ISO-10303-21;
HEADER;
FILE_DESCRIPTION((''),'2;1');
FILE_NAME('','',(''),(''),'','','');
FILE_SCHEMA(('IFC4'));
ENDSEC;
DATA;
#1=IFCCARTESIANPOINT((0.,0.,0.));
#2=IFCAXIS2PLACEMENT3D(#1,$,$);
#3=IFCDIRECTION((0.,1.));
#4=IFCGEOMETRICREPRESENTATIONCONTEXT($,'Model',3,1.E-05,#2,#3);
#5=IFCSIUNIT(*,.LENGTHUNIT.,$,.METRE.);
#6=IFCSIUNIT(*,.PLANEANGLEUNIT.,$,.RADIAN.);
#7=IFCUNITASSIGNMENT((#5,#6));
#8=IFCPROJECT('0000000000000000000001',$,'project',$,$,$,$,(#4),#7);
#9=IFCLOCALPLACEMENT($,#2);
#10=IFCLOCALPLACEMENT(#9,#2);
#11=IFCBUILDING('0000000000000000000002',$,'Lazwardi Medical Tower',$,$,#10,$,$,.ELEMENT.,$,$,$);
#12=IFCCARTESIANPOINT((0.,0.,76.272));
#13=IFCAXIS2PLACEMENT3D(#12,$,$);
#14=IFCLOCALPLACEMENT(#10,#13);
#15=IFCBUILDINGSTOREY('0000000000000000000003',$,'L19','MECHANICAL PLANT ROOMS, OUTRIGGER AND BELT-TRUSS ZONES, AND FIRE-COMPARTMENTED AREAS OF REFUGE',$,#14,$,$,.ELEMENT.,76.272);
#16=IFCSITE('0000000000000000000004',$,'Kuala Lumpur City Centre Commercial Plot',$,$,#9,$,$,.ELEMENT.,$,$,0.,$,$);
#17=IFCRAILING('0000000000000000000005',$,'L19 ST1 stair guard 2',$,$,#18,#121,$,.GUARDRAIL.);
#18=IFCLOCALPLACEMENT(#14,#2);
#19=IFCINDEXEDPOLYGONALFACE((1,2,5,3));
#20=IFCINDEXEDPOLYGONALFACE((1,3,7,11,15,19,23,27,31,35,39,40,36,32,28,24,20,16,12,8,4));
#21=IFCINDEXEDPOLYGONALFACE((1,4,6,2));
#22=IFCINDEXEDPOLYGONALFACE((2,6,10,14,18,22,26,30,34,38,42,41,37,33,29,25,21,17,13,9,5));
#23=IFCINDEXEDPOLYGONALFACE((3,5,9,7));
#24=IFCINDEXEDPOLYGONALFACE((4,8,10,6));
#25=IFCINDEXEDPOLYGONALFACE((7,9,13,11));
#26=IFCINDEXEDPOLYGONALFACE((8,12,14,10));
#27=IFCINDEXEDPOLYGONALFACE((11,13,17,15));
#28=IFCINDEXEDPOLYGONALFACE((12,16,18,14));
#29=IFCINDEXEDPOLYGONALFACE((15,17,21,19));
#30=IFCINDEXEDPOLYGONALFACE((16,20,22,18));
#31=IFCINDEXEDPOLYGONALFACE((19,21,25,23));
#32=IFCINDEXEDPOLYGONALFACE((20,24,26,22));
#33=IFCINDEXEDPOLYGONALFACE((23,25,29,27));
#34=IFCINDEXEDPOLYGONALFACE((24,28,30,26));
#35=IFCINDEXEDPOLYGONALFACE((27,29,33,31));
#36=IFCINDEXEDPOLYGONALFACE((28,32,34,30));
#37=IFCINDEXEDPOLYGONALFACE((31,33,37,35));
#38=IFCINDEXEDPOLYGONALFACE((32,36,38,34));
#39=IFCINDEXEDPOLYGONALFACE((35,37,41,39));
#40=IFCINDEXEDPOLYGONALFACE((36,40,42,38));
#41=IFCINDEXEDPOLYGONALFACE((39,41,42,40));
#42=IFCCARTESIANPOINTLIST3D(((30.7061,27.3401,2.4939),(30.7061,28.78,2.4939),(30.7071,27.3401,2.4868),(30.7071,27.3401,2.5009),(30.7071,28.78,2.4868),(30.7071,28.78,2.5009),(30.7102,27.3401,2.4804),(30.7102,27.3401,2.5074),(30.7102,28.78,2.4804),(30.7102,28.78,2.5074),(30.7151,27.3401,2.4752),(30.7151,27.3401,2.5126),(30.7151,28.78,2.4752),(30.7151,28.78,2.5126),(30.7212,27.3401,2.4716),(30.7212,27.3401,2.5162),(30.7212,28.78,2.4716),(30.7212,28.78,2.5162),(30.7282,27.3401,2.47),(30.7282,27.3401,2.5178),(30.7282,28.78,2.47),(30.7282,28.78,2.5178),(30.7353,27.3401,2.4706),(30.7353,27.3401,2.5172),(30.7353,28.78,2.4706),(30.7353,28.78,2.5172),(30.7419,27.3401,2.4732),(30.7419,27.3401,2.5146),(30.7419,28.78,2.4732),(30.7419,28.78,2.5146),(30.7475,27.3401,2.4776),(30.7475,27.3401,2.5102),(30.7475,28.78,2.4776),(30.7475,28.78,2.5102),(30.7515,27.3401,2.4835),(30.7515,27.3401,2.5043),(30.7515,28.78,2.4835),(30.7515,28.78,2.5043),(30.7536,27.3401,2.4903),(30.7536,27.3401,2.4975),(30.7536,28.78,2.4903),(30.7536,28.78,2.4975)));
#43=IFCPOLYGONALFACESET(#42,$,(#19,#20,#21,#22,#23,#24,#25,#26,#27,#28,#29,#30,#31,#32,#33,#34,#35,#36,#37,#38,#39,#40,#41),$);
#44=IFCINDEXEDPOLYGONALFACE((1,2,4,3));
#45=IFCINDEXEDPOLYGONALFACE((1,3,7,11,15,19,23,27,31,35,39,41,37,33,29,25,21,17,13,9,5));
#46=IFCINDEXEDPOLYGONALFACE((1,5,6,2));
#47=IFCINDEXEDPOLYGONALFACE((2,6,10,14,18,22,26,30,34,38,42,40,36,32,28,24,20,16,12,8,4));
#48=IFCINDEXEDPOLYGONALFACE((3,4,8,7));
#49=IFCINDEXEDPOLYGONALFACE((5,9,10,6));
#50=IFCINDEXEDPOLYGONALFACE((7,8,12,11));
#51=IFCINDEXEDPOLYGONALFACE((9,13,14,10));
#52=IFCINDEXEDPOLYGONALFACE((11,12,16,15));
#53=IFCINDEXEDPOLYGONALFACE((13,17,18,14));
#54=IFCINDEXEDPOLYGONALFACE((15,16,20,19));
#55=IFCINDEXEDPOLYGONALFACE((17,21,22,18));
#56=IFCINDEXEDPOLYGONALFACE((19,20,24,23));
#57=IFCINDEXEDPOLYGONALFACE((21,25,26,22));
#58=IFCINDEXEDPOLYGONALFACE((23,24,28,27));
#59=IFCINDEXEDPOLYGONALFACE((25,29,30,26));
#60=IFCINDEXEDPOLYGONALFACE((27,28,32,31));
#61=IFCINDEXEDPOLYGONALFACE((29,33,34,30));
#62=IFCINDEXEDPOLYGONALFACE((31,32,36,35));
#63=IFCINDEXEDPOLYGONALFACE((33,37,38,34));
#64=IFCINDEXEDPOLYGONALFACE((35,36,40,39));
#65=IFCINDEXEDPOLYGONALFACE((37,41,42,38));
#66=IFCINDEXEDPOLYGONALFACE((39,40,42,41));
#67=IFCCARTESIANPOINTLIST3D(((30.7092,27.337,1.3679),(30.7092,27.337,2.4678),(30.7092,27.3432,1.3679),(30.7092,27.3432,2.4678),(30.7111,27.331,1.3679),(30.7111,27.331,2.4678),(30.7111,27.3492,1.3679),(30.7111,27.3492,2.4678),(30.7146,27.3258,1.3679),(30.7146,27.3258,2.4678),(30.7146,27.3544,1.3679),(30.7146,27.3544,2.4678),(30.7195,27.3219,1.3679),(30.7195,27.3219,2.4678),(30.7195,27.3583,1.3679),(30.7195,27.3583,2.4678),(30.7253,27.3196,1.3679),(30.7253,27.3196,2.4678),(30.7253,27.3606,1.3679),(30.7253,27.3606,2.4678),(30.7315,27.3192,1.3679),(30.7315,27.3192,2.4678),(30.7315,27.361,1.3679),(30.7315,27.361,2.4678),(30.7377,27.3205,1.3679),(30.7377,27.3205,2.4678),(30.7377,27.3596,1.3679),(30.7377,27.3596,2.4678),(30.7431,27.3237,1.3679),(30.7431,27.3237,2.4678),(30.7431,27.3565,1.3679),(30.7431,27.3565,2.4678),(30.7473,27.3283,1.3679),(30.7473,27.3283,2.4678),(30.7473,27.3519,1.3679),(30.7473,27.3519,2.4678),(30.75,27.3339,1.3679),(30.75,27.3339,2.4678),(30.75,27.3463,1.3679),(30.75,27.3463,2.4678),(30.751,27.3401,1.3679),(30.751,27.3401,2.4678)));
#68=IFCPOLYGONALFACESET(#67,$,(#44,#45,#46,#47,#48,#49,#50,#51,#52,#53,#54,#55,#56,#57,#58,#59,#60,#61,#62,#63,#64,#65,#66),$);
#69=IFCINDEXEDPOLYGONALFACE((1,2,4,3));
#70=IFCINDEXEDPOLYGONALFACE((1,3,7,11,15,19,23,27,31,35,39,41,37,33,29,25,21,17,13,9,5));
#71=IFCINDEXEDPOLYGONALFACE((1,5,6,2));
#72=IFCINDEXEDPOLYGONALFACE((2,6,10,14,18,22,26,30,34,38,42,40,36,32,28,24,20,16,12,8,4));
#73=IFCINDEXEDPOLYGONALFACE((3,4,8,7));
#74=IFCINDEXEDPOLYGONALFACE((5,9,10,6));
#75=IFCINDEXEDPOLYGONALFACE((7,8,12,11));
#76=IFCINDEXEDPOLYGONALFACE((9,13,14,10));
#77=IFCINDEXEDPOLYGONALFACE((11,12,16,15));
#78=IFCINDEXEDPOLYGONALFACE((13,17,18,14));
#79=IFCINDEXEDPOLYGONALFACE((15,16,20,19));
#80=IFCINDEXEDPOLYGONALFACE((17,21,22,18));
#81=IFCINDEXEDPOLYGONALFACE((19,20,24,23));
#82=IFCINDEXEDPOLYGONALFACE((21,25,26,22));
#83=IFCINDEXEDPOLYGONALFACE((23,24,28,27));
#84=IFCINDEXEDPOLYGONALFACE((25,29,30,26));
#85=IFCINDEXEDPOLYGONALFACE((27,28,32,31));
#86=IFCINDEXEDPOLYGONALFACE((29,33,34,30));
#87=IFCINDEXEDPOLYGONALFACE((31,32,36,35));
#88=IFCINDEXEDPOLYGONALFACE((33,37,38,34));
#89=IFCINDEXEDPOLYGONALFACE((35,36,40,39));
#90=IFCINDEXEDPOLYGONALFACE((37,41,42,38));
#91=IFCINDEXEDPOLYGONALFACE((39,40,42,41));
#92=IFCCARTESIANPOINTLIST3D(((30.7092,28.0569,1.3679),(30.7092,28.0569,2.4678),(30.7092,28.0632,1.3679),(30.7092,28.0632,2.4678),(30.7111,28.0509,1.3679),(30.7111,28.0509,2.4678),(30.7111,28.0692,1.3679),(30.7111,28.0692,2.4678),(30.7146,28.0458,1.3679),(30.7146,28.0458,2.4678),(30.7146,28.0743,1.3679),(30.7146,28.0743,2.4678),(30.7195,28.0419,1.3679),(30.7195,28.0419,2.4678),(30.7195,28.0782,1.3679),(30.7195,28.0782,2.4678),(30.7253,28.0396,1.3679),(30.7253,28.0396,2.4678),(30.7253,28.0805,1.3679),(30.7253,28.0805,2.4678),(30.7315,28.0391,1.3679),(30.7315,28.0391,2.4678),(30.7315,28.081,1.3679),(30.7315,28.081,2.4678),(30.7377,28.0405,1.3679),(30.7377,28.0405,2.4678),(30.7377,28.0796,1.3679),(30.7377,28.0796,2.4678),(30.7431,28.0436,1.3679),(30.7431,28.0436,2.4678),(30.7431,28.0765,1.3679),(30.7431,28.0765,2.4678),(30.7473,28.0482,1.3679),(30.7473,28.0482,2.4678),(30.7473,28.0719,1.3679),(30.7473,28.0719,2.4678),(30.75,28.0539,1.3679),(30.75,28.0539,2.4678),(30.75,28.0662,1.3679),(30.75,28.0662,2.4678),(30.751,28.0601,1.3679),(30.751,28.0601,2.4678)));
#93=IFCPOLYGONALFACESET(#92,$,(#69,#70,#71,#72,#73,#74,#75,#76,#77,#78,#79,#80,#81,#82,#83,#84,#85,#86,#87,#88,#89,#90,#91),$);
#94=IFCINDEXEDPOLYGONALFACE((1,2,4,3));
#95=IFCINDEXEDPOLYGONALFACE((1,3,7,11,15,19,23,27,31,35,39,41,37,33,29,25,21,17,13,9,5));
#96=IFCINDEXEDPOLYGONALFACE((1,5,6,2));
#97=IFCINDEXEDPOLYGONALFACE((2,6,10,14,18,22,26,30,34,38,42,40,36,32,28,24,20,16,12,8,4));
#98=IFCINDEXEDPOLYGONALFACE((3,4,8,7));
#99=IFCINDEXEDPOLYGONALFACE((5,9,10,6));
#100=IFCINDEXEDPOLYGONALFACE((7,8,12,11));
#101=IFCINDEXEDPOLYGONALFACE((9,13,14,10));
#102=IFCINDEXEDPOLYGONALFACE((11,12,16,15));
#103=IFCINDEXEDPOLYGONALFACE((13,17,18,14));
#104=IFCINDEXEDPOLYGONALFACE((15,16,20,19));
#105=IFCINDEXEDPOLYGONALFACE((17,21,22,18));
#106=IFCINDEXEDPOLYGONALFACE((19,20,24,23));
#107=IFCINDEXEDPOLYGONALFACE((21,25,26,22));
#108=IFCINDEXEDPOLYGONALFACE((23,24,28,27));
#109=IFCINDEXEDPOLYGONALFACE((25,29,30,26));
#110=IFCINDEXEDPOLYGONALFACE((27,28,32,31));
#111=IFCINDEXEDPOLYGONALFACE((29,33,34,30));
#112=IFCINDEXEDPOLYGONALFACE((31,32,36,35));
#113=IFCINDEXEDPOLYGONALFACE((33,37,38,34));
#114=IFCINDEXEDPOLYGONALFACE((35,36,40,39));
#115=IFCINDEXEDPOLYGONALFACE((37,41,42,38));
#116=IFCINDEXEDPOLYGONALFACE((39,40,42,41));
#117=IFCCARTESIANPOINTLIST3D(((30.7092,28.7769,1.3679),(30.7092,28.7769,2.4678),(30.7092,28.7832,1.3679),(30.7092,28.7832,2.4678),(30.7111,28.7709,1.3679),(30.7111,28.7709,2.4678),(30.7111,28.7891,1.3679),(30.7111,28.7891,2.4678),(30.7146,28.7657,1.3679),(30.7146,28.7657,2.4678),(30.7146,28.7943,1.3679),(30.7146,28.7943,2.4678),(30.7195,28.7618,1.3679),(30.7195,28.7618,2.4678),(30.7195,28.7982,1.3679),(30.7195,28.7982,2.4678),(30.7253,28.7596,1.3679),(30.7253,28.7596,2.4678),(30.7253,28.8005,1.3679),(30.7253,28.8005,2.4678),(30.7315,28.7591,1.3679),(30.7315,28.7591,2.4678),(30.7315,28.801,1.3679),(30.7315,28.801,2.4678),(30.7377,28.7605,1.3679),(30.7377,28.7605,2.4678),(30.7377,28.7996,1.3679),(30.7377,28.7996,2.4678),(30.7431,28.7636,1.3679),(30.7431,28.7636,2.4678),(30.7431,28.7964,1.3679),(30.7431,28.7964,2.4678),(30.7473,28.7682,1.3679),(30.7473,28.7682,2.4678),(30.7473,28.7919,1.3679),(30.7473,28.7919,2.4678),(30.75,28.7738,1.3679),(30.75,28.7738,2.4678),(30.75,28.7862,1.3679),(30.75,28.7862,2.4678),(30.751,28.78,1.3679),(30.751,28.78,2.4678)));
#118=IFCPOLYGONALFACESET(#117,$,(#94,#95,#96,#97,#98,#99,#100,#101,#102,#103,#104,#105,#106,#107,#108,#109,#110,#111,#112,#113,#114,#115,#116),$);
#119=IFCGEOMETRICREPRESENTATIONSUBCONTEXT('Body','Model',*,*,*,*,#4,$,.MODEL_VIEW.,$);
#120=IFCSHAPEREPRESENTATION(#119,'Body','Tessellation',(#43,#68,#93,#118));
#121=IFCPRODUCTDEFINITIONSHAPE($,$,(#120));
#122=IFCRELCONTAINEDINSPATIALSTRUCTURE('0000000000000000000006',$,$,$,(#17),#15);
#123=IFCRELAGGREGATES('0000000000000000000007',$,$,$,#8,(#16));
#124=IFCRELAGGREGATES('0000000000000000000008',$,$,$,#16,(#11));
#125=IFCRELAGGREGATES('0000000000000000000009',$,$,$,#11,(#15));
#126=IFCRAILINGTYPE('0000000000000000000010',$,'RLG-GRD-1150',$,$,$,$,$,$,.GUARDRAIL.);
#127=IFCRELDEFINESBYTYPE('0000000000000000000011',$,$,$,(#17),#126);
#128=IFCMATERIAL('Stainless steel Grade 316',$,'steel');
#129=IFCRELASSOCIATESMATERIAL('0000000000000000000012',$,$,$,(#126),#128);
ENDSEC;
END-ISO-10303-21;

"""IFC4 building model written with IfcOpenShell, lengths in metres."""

from ifc_helpers import new_model, si_unit, direction, frame, origin, origin_2d, place, context, subcontext, project, spatial, circle, extrude, material, type_object, element, save


model = new_model("IFC4")

# Units and contexts
model_context = context("Model", 3, precision=1e-05, world=origin(), true_north=direction((0.0, 1.0)))
body_context = subcontext(model_context, "Body", "Model", "MODEL_VIEW")
ifc_project = project(units=[si_unit("LENGTHUNIT", "METRE"), si_unit("PLANEANGLEUNIT", "RADIAN")], contexts=[model_context])

# Site, building, storey
site_placement = place(None, origin())
site = spatial("IfcSite", under=ifc_project, at=site_placement, Name="Kuala Lumpur City Centre Commercial Plot", CompositionType="ELEMENT", RefElevation=0.0)
building_placement = place(site_placement, origin())
building = spatial("IfcBuilding", under=site, at=building_placement, Name="Lazwardi Medical Tower", CompositionType="ELEMENT")
storey_placement = place(building_placement, frame((0.0, 0.0, 76.272)))
storey = spatial("IfcBuildingStorey", under=building, at=storey_placement, Name="L19", Description="MECHANICAL PLANT ROOMS, OUTRIGGER AND BELT-TRUSS ZONES, AND FIRE-COMPARTMENTED AREAS OF REFUGE", CompositionType="ELEMENT", Elevation=76.272)

# Railing
ifc_material_1 = material(Name="Stainless steel Grade 316", Category="steel")
railing_type_1 = type_object("IfcRailingType", Name="RLG-GRD-1150", PredefinedType="GUARDRAIL", material=ifc_material_1)
railing_1_placement = place(storey_placement, frame((30.73, 27.3401, 1.3679)))
element("IfcRailing", 1, at=railing_1_placement, inside=storey, type_object=railing_type_1, Name="L19 ST1 stair guard 2", PredefinedType="GUARDRAIL", context=body_context, shape_type="SweptSolid", body=[
    extrude(circle(Radius=0.0239, at=origin_2d()), frame((0.0, 0.0, 1.126), z_axis=(0.0, 1.0, 0.0), x_axis=(-1.0, 0.0, 0.0)), (0.0, 0.0, 1.0), 1.4399),
    extrude(circle(Radius=0.021, at=origin_2d()), origin(), (0.0, 0.0, 1.0), 1.0999),
    extrude(circle(Radius=0.021, at=origin_2d()), frame((0.0, 0.72, 0.0)), (0.0, 0.0, 1.0), 1.0999),
    extrude(circle(Radius=0.021, at=origin_2d()), frame((0.0, 1.4399, 0.0)), (0.0, 0.0, 1.0), 1.0999),
])

save(model, "model.ifc")
